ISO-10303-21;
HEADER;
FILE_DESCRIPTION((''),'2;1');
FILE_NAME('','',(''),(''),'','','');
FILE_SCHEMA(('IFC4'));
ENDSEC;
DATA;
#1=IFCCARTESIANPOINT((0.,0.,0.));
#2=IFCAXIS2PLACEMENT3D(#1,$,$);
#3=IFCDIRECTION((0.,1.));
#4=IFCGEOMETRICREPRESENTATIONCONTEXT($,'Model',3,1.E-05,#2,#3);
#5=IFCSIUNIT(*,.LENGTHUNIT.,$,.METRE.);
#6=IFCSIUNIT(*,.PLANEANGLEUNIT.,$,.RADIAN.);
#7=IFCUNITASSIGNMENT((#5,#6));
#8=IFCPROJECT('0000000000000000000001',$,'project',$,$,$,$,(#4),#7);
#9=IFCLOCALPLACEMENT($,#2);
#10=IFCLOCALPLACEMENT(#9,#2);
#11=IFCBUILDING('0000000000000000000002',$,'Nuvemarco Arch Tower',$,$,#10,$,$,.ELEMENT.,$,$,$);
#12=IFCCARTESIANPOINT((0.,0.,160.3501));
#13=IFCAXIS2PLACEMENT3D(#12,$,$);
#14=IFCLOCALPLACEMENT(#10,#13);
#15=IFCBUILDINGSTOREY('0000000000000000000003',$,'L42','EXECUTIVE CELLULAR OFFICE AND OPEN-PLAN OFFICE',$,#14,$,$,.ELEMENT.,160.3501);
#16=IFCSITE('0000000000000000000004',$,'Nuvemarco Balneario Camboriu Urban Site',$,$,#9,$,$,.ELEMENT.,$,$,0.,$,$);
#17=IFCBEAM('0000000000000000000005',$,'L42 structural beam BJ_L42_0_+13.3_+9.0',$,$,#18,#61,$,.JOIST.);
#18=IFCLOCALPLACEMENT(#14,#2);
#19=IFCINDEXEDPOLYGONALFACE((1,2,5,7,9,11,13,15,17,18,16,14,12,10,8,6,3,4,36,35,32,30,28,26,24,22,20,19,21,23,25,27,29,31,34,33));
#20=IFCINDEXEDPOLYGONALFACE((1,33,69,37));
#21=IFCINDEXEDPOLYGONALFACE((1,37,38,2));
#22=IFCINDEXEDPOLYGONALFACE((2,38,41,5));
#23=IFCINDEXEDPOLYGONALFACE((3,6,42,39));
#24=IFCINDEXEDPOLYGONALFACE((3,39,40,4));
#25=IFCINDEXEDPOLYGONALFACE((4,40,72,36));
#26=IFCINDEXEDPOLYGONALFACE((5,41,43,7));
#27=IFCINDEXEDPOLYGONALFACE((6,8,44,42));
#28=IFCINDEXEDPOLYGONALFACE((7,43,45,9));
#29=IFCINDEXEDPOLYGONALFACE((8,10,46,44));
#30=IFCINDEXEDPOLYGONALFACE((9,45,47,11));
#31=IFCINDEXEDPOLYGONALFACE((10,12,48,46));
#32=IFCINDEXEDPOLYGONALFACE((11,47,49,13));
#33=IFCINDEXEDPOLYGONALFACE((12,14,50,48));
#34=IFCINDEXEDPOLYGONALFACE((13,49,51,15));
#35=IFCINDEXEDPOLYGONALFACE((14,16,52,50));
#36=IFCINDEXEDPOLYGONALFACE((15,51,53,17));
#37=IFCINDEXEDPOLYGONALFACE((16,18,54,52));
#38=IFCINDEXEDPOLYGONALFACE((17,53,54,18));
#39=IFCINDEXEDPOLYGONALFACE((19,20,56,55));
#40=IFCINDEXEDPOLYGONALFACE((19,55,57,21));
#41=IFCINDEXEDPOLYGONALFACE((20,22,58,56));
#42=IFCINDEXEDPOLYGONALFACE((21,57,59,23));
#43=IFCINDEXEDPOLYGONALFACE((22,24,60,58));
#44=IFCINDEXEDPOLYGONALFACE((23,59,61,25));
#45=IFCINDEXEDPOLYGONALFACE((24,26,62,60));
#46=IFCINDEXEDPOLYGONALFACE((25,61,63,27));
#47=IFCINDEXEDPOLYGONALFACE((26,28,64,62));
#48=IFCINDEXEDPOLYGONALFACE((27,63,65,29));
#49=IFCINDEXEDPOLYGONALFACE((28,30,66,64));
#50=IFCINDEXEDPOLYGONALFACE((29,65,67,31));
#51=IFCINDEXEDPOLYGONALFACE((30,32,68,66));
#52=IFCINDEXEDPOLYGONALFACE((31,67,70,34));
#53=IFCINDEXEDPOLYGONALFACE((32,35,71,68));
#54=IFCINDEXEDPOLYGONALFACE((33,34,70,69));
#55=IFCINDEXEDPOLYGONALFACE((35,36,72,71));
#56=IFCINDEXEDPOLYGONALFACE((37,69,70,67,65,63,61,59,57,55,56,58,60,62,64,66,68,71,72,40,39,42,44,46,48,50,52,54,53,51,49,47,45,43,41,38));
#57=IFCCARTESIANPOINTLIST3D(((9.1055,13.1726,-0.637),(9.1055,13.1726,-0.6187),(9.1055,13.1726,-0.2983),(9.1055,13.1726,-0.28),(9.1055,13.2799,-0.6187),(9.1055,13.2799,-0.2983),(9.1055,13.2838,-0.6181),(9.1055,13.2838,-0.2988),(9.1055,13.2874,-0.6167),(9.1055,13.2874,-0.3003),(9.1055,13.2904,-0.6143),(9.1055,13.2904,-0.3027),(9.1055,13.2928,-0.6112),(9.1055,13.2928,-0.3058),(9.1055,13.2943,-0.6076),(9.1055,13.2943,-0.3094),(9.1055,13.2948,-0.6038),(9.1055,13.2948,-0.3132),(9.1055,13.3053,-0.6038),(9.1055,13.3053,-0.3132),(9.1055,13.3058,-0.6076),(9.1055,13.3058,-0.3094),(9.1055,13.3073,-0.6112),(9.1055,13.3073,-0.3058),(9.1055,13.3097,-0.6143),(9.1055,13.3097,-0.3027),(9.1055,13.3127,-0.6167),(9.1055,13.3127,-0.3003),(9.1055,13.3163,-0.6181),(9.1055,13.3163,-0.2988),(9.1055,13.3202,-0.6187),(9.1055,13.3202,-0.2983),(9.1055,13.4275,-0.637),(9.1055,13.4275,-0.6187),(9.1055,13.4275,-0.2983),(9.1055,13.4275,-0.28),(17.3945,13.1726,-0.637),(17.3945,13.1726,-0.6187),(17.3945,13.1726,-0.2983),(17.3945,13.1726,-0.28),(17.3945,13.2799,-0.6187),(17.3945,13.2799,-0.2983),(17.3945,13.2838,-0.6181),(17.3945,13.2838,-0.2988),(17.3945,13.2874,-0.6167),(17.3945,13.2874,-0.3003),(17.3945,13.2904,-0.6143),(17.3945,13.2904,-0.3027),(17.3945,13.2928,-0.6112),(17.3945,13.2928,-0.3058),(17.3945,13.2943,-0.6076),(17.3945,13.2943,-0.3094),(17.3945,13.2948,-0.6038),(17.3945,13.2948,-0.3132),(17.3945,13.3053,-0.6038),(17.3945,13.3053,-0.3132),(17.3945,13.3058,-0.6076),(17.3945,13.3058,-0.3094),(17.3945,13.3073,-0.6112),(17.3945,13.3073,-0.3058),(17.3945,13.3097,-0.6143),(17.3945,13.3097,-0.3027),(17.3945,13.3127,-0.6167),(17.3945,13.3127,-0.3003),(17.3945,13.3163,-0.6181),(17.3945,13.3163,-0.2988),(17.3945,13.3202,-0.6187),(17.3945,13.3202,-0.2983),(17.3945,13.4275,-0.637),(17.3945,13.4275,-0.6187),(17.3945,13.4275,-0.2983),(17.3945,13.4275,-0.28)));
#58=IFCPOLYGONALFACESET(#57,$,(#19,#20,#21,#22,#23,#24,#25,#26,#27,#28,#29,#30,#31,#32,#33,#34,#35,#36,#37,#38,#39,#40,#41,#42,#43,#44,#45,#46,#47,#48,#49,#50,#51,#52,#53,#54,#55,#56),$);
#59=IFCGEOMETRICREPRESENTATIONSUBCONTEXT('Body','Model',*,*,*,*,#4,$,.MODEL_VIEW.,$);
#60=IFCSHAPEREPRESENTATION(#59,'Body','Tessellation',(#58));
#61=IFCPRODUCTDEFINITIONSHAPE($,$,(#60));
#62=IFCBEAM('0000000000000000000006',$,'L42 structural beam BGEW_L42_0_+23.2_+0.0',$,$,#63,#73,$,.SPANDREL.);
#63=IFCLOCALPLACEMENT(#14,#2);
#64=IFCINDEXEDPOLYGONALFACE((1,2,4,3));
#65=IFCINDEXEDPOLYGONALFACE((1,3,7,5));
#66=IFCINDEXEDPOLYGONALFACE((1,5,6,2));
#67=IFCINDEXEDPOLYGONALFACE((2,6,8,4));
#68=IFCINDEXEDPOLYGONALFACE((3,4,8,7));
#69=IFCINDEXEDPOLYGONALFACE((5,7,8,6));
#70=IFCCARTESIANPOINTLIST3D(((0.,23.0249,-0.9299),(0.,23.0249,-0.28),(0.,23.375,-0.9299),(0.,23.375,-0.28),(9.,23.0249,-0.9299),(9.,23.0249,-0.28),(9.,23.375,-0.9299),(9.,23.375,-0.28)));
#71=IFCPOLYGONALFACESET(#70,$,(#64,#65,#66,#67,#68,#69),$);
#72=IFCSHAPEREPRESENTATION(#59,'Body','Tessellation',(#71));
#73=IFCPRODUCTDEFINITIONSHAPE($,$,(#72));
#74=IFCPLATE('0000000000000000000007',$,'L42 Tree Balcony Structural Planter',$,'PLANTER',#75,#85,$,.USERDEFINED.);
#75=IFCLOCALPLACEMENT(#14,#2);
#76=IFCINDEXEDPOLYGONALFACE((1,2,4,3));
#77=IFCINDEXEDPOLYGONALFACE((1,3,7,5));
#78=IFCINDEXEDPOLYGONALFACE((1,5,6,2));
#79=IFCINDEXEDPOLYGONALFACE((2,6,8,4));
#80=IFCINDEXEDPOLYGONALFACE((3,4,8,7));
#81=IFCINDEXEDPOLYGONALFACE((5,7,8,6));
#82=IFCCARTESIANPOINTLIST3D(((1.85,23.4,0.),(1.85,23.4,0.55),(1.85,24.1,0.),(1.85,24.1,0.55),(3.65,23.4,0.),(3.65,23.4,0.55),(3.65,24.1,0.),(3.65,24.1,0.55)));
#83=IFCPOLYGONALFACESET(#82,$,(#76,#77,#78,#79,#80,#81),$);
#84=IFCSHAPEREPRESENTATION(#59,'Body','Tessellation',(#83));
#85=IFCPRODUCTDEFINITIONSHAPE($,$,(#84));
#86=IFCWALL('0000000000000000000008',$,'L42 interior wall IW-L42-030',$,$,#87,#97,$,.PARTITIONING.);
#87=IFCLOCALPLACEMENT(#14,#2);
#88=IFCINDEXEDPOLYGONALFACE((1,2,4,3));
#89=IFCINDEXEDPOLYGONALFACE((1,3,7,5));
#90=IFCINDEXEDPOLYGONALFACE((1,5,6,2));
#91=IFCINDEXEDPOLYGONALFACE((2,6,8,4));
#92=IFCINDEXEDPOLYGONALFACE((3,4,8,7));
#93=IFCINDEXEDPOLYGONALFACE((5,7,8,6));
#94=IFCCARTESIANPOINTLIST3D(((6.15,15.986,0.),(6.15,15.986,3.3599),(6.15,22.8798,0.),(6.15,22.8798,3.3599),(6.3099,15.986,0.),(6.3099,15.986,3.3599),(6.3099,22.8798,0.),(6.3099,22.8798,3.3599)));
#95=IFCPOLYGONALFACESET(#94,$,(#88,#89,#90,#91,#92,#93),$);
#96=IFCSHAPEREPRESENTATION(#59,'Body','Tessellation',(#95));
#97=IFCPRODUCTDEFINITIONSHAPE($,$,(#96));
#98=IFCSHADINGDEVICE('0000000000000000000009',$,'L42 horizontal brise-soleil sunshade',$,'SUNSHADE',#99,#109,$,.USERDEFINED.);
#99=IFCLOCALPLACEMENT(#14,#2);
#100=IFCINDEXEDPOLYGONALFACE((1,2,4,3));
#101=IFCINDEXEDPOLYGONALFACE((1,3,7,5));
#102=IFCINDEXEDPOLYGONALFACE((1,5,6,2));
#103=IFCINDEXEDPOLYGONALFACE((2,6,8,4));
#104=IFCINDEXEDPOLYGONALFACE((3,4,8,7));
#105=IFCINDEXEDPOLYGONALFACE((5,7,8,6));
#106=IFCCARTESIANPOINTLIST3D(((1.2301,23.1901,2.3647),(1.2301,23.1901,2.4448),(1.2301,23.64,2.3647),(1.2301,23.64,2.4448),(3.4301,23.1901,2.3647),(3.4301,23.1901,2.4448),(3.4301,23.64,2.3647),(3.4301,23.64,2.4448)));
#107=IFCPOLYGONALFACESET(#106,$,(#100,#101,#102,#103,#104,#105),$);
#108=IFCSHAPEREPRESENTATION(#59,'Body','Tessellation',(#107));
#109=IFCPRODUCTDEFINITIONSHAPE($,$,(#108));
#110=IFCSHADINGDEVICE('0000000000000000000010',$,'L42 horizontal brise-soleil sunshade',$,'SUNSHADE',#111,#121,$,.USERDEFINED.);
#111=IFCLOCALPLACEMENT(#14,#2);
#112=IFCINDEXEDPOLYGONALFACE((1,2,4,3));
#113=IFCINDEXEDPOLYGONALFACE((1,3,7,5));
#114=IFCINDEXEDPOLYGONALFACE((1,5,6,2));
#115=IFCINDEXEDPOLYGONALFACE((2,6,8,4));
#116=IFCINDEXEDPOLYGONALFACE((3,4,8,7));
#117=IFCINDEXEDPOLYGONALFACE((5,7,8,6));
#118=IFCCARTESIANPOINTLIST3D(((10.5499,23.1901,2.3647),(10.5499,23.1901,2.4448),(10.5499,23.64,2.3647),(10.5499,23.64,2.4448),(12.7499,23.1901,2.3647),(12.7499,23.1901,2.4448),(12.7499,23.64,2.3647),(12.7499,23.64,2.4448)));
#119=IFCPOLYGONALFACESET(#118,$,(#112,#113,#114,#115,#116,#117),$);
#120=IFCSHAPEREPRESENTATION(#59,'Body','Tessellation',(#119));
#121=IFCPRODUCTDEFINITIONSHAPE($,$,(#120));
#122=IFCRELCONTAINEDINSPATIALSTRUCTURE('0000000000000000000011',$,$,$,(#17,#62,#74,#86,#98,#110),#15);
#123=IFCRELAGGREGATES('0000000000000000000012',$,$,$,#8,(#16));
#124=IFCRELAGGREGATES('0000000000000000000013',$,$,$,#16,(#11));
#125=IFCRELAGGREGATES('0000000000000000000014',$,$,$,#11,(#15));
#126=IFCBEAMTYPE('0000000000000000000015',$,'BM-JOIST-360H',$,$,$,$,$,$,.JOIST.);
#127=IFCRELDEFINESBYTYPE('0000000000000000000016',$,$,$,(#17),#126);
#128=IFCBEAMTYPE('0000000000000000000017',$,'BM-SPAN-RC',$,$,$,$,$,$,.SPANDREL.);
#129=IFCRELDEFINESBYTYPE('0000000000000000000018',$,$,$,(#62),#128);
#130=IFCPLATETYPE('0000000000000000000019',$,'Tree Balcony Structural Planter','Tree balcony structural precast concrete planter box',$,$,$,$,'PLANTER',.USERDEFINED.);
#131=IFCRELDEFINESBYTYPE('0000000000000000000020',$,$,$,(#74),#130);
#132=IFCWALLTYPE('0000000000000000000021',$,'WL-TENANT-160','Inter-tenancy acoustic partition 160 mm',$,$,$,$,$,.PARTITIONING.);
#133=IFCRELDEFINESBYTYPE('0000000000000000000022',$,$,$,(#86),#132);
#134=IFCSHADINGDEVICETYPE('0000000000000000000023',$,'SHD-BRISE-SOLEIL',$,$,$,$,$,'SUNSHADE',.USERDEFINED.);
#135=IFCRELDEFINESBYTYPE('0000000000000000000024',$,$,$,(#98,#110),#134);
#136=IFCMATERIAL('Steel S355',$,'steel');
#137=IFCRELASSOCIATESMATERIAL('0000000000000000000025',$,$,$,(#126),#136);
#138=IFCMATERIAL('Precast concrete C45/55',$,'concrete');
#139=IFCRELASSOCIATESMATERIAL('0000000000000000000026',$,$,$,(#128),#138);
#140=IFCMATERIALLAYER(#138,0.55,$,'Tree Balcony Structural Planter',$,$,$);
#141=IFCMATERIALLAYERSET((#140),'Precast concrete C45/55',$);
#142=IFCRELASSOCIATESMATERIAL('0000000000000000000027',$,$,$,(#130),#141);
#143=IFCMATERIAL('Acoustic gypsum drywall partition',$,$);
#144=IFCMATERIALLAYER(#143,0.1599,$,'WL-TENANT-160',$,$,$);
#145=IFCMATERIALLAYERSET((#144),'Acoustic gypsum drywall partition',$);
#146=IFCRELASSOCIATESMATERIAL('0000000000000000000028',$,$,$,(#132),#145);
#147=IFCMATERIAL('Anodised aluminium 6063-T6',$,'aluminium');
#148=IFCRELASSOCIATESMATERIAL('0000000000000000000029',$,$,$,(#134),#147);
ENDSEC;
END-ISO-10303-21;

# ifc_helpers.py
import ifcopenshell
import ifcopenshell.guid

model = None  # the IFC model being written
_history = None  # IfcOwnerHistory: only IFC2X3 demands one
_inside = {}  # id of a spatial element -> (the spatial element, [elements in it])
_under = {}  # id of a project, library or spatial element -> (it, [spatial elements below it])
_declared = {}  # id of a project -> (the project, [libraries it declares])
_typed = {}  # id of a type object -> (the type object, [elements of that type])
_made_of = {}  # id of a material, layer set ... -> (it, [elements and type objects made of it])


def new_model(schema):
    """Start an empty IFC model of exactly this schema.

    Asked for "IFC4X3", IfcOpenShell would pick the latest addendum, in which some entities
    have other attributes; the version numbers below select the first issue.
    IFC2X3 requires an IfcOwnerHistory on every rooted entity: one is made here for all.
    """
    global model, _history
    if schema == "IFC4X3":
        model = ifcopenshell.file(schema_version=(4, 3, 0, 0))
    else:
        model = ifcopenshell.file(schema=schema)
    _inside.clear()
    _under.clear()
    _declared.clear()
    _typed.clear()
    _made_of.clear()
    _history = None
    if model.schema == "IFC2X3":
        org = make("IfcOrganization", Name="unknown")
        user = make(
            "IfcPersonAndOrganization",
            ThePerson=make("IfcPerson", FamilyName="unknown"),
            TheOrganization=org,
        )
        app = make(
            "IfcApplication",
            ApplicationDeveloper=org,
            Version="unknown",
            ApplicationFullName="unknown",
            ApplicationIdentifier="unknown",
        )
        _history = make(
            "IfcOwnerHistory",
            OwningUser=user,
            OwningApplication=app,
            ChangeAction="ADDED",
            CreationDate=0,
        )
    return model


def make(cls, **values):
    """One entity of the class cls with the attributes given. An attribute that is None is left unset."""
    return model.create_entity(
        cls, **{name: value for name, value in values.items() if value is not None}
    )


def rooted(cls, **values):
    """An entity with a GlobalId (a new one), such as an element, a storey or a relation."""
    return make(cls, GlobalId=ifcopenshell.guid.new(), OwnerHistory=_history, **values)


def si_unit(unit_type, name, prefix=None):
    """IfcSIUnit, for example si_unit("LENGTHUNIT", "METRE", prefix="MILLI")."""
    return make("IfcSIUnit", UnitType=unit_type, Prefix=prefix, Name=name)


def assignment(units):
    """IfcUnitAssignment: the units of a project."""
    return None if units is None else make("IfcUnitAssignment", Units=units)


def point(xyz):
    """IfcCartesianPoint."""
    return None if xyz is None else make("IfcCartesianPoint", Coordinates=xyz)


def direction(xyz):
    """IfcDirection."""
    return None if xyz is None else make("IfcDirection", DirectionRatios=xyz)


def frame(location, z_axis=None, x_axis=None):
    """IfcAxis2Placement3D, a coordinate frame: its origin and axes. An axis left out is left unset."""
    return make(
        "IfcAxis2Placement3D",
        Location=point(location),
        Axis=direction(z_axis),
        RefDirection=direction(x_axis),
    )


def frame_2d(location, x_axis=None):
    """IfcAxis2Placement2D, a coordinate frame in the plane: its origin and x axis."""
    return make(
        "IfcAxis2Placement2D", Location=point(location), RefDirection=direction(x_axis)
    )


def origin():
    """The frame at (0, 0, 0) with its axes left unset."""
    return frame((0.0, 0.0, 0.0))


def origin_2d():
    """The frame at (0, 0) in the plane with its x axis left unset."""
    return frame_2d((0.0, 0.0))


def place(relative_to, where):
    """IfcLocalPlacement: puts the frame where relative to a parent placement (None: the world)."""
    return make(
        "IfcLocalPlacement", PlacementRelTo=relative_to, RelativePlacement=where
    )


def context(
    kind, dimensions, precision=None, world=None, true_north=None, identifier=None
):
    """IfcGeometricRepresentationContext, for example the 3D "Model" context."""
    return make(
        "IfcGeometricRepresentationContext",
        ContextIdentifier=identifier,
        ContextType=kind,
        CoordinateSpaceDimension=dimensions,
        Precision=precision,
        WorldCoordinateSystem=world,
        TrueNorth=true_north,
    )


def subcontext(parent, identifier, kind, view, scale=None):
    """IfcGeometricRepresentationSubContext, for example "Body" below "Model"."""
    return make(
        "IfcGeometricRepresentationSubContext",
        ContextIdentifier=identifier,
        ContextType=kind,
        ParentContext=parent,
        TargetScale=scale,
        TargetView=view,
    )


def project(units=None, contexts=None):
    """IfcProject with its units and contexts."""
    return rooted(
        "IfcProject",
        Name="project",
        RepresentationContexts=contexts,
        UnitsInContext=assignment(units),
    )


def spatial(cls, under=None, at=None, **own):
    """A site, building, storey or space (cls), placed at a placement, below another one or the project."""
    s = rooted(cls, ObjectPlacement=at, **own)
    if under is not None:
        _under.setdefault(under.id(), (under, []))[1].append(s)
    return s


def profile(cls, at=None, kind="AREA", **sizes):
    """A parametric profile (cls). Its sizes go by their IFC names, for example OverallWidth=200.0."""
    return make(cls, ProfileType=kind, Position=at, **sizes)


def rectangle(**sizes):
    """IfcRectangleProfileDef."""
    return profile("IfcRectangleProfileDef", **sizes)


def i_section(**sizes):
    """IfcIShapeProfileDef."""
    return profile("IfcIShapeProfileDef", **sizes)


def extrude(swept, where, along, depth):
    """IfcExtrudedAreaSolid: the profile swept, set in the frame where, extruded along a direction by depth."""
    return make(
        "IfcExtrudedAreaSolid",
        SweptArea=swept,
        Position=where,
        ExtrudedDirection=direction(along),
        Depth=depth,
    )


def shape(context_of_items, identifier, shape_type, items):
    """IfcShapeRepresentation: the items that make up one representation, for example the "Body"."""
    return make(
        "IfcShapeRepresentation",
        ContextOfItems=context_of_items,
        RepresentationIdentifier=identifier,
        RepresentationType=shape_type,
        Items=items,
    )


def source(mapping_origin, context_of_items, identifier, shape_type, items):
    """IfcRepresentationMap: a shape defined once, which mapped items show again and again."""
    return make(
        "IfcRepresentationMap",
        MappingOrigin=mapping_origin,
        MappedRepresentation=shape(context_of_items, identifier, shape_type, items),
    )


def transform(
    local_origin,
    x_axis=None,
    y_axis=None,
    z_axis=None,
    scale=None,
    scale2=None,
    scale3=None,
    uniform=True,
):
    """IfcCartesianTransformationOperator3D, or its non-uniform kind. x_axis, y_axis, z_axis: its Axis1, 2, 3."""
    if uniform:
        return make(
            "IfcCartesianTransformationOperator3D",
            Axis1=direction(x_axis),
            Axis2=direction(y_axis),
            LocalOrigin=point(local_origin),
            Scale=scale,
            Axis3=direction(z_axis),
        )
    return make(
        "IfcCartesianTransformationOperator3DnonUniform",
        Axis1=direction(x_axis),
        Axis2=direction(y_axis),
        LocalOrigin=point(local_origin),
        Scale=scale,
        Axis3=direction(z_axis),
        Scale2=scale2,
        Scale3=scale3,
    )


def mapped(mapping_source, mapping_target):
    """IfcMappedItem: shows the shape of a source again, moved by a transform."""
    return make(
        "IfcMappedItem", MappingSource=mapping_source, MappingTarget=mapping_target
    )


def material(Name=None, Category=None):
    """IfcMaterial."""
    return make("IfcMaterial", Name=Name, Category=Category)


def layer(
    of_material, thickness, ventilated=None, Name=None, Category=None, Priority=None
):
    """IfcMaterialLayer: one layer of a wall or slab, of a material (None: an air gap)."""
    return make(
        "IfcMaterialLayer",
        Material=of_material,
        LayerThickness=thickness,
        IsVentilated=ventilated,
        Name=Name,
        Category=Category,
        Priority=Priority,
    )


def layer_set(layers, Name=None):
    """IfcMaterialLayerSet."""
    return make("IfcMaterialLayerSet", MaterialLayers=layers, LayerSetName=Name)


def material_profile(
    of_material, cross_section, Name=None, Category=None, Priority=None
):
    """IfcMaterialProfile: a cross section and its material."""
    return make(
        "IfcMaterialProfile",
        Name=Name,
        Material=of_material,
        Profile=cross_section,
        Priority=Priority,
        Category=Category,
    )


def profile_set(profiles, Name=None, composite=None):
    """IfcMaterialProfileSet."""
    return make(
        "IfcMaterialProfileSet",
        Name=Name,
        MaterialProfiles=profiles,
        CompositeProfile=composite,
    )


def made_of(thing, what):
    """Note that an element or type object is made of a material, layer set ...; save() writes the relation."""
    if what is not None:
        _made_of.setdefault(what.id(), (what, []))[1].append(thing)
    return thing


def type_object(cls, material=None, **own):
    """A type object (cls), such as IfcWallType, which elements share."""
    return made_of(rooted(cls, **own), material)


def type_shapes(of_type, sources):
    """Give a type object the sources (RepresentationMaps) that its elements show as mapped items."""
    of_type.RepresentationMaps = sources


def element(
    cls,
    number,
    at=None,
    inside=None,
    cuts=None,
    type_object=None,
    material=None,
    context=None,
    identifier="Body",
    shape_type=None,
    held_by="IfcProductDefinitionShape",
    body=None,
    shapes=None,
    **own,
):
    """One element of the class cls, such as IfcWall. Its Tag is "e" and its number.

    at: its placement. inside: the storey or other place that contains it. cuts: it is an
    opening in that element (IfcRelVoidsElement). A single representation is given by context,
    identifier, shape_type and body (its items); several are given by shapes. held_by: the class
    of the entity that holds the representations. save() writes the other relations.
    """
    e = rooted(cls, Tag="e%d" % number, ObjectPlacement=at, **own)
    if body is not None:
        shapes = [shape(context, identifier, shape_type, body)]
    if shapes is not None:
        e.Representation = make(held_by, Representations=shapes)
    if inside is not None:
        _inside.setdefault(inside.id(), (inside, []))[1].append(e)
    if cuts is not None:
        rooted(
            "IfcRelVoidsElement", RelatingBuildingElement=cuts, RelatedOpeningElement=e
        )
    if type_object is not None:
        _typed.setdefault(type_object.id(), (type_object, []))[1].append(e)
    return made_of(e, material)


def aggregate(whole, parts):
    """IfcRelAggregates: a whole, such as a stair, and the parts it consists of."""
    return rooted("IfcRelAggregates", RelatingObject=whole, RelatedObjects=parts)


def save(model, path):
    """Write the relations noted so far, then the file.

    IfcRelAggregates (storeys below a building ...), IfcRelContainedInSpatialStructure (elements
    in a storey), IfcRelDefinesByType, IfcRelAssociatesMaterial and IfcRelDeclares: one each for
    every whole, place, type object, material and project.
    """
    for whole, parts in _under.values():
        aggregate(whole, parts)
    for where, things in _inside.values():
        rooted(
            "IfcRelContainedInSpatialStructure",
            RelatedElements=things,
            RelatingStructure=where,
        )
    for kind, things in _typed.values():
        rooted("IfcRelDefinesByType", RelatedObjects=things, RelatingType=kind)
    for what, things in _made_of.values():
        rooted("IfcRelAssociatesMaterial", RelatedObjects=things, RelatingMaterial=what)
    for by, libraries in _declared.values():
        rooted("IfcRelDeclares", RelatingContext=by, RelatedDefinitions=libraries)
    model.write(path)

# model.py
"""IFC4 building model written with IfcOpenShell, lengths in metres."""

from ifc_helpers import new_model, si_unit, direction, frame, frame_2d, origin, origin_2d, place, context, subcontext, project, spatial, rectangle, i_section, extrude, source, transform, mapped, material, layer, layer_set, material_profile, profile_set, type_object, type_shapes, element, save


model = new_model("IFC4")

# Units and contexts
model_context = context("Model", 3, precision=1e-05, world=origin(), true_north=direction((0.0, 1.0)))
body_context = subcontext(model_context, "Body", "Model", "MODEL_VIEW")
ifc_project = project(units=[si_unit("LENGTHUNIT", "METRE"), si_unit("PLANEANGLEUNIT", "RADIAN")], contexts=[model_context])

# Site, building, storey
site_placement = place(None, origin())
site = spatial("IfcSite", under=ifc_project, at=site_placement, Name="Nuvemarco Balneario Camboriu Urban Site", CompositionType="ELEMENT", RefElevation=0.0)
building_placement = place(site_placement, origin())
building = spatial("IfcBuilding", under=site, at=building_placement, Name="Nuvemarco Arch Tower", CompositionType="ELEMENT")
storey_placement = place(building_placement, frame((0.0, 0.0, 160.3501)))
storey = spatial("IfcBuildingStorey", under=building, at=storey_placement, Name="L42", Description="EXECUTIVE CELLULAR OFFICE AND OPEN-PLAN OFFICE", CompositionType="ELEMENT", Elevation=160.3501)

# Shared definitions
ifc_material_1 = material(Name="Steel S355", Category="steel")

# Beams
ifc_material_profile_1 = material_profile(ifc_material_1, i_section(OverallWidth=0.2549, OverallDepth=0.3569, WebThickness=0.0105, FlangeThickness=0.0183, FilletRadius=0.0149, at=origin_2d()), Name="W360x101")
ifc_profile_set_1 = profile_set([ifc_material_profile_1], Name="Steel S355")
beam_type_1 = type_object("IfcBeamType", Name="BM-JOIST-360H", PredefinedType="JOIST", material=ifc_profile_set_1)
beam_1_placement = place(storey_placement, frame((9.1055, 13.3, -0.4585), z_axis=(1.0, 0.0, 0.0), x_axis=(0.0, 1.0, 0.0)))
element("IfcBeam", 1, at=beam_1_placement, inside=storey, type_object=beam_type_1, Name="L42 structural beam BJ_L42_0_+13.3_+9.0", PredefinedType="JOIST", context=body_context, shape_type="SweptSolid", body=[
    extrude(i_section(OverallWidth=0.2549, OverallDepth=0.3569, WebThickness=0.0105, FlangeThickness=0.0183, FilletRadius=0.0149, at=origin_2d()), origin(), (0.0, 0.0, 1.0), 8.2891),
])
ifc_material_2 = material(Name="Precast concrete C45/55", Category="concrete")
ifc_material_profile_2 = material_profile(ifc_material_2, rectangle(XDim=0.3501, YDim=0.6499, at=origin_2d()), Name="PC-SP-350x650")
ifc_profile_set_2 = profile_set([ifc_material_profile_2], Name="Precast concrete C45/55")
beam_type_2 = type_object("IfcBeamType", Name="BM-SPAN-RC", PredefinedType="SPANDREL", material=ifc_profile_set_2)
beam_2_placement = place(storey_placement, frame((0.0, 23.2, -0.605), z_axis=(1.0, 0.0, 0.0), x_axis=(0.0, 1.0, 0.0)))
element("IfcBeam", 2, at=beam_2_placement, inside=storey, type_object=beam_type_2, Name="L42 structural beam BGEW_L42_0_+23.2_+0.0", PredefinedType="SPANDREL", context=body_context, shape_type="SweptSolid", body=[
    extrude(rectangle(XDim=0.3501, YDim=0.6499, at=origin_2d()), origin(), (0.0, 0.0, 1.0), 9.0),
])

# Plate
ifc_layer_1 = layer(ifc_material_2, 0.55, Name="Tree Balcony Structural Planter")
ifc_layer_set_1 = layer_set([ifc_layer_1], Name="Precast concrete C45/55")
plate_type = type_object("IfcPlateType", Name="Tree Balcony Structural Planter", Description="Tree balcony structural precast concrete planter box", ElementType="PLANTER", PredefinedType="USERDEFINED", material=ifc_layer_set_1)
shared_shape_1 = source(origin(), body_context, "Body", "SweptSolid", [
    extrude(rectangle(XDim=1.8, YDim=0.7, at=origin_2d()), origin(), (0.0, 0.0, 1.0), 0.55),
])
type_shapes(plate_type, [shared_shape_1])
plate_placement = place(storey_placement, frame((2.75, 23.75, 0.0), z_axis=(0.0, 0.0, 1.0), x_axis=(1.0, 0.0, 0.0)))
element("IfcPlate", 3, at=plate_placement, inside=storey, type_object=plate_type, Name="L42 Tree Balcony Structural Planter", ObjectType="PLANTER", PredefinedType="USERDEFINED", context=body_context, shape_type="MappedRepresentation", body=[
    mapped(shared_shape_1, transform((0.0, 0.0, 0.0), scale=1.0)),
])

# Wall
ifc_material_3 = material(Name="Acoustic gypsum drywall partition")
ifc_layer_2 = layer(ifc_material_3, 0.1599, Name="WL-TENANT-160")
ifc_layer_set_2 = layer_set([ifc_layer_2], Name="Acoustic gypsum drywall partition")
wall_type = type_object("IfcWallType", Name="WL-TENANT-160", Description="Inter-tenancy acoustic partition 160 mm", PredefinedType="PARTITIONING", material=ifc_layer_set_2)
wall_placement = place(storey_placement, frame((6.23, 15.9861, 0.0), z_axis=(0.0, 0.0, 1.0), x_axis=(0.0, 1.0, 0.0)))
element("IfcWall", 4, at=wall_placement, inside=storey, type_object=wall_type, Name="L42 interior wall IW-L42-030", PredefinedType="PARTITIONING", context=body_context, shape_type="SweptSolid", body=[
    extrude(rectangle(XDim=6.8938, YDim=0.1599, at=frame_2d((3.4468, 0.0))), origin(), (0.0, 0.0, 1.0), 3.3599),
])

# Shading devices
ifc_material_4 = material(Name="Anodised aluminium 6063-T6", Category="aluminium")
shading_device_type = type_object("IfcShadingDeviceType", Name="SHD-BRISE-SOLEIL", ElementType="SUNSHADE", PredefinedType="USERDEFINED", material=ifc_material_4)
shared_shape_2 = source(origin(), body_context, "Body", "SweptSolid", [
    extrude(rectangle(XDim=2.2, YDim=0.45, at=origin_2d()), origin(), (0.0, 0.0, 1.0), 0.0801),
])
type_shapes(shading_device_type, [shared_shape_2])
for number, where, z_axis, x_axis, name in (
    (5, (2.3301, 23.415, 2.3647), (0.0, 0.0, 1.0), (1.0, 0.0, 0.0), "L42 horizontal brise-soleil sunshade"),
    (6, (11.6499, 23.415, 2.3647), (0.0, 0.0, 1.0), (1.0, 0.0, 0.0), "L42 horizontal brise-soleil sunshade"),
):
    element("IfcShadingDevice", number, at=place(storey_placement, frame(where, z_axis=z_axis, x_axis=x_axis)), inside=storey, type_object=shading_device_type, Name=name, ObjectType="SUNSHADE", PredefinedType="USERDEFINED", context=body_context, shape_type="MappedRepresentation", body=[
        mapped(shared_shape_2, transform((0.0, 0.0, 0.0), scale=1.0)),
    ])

save(model, "model.ifc")
